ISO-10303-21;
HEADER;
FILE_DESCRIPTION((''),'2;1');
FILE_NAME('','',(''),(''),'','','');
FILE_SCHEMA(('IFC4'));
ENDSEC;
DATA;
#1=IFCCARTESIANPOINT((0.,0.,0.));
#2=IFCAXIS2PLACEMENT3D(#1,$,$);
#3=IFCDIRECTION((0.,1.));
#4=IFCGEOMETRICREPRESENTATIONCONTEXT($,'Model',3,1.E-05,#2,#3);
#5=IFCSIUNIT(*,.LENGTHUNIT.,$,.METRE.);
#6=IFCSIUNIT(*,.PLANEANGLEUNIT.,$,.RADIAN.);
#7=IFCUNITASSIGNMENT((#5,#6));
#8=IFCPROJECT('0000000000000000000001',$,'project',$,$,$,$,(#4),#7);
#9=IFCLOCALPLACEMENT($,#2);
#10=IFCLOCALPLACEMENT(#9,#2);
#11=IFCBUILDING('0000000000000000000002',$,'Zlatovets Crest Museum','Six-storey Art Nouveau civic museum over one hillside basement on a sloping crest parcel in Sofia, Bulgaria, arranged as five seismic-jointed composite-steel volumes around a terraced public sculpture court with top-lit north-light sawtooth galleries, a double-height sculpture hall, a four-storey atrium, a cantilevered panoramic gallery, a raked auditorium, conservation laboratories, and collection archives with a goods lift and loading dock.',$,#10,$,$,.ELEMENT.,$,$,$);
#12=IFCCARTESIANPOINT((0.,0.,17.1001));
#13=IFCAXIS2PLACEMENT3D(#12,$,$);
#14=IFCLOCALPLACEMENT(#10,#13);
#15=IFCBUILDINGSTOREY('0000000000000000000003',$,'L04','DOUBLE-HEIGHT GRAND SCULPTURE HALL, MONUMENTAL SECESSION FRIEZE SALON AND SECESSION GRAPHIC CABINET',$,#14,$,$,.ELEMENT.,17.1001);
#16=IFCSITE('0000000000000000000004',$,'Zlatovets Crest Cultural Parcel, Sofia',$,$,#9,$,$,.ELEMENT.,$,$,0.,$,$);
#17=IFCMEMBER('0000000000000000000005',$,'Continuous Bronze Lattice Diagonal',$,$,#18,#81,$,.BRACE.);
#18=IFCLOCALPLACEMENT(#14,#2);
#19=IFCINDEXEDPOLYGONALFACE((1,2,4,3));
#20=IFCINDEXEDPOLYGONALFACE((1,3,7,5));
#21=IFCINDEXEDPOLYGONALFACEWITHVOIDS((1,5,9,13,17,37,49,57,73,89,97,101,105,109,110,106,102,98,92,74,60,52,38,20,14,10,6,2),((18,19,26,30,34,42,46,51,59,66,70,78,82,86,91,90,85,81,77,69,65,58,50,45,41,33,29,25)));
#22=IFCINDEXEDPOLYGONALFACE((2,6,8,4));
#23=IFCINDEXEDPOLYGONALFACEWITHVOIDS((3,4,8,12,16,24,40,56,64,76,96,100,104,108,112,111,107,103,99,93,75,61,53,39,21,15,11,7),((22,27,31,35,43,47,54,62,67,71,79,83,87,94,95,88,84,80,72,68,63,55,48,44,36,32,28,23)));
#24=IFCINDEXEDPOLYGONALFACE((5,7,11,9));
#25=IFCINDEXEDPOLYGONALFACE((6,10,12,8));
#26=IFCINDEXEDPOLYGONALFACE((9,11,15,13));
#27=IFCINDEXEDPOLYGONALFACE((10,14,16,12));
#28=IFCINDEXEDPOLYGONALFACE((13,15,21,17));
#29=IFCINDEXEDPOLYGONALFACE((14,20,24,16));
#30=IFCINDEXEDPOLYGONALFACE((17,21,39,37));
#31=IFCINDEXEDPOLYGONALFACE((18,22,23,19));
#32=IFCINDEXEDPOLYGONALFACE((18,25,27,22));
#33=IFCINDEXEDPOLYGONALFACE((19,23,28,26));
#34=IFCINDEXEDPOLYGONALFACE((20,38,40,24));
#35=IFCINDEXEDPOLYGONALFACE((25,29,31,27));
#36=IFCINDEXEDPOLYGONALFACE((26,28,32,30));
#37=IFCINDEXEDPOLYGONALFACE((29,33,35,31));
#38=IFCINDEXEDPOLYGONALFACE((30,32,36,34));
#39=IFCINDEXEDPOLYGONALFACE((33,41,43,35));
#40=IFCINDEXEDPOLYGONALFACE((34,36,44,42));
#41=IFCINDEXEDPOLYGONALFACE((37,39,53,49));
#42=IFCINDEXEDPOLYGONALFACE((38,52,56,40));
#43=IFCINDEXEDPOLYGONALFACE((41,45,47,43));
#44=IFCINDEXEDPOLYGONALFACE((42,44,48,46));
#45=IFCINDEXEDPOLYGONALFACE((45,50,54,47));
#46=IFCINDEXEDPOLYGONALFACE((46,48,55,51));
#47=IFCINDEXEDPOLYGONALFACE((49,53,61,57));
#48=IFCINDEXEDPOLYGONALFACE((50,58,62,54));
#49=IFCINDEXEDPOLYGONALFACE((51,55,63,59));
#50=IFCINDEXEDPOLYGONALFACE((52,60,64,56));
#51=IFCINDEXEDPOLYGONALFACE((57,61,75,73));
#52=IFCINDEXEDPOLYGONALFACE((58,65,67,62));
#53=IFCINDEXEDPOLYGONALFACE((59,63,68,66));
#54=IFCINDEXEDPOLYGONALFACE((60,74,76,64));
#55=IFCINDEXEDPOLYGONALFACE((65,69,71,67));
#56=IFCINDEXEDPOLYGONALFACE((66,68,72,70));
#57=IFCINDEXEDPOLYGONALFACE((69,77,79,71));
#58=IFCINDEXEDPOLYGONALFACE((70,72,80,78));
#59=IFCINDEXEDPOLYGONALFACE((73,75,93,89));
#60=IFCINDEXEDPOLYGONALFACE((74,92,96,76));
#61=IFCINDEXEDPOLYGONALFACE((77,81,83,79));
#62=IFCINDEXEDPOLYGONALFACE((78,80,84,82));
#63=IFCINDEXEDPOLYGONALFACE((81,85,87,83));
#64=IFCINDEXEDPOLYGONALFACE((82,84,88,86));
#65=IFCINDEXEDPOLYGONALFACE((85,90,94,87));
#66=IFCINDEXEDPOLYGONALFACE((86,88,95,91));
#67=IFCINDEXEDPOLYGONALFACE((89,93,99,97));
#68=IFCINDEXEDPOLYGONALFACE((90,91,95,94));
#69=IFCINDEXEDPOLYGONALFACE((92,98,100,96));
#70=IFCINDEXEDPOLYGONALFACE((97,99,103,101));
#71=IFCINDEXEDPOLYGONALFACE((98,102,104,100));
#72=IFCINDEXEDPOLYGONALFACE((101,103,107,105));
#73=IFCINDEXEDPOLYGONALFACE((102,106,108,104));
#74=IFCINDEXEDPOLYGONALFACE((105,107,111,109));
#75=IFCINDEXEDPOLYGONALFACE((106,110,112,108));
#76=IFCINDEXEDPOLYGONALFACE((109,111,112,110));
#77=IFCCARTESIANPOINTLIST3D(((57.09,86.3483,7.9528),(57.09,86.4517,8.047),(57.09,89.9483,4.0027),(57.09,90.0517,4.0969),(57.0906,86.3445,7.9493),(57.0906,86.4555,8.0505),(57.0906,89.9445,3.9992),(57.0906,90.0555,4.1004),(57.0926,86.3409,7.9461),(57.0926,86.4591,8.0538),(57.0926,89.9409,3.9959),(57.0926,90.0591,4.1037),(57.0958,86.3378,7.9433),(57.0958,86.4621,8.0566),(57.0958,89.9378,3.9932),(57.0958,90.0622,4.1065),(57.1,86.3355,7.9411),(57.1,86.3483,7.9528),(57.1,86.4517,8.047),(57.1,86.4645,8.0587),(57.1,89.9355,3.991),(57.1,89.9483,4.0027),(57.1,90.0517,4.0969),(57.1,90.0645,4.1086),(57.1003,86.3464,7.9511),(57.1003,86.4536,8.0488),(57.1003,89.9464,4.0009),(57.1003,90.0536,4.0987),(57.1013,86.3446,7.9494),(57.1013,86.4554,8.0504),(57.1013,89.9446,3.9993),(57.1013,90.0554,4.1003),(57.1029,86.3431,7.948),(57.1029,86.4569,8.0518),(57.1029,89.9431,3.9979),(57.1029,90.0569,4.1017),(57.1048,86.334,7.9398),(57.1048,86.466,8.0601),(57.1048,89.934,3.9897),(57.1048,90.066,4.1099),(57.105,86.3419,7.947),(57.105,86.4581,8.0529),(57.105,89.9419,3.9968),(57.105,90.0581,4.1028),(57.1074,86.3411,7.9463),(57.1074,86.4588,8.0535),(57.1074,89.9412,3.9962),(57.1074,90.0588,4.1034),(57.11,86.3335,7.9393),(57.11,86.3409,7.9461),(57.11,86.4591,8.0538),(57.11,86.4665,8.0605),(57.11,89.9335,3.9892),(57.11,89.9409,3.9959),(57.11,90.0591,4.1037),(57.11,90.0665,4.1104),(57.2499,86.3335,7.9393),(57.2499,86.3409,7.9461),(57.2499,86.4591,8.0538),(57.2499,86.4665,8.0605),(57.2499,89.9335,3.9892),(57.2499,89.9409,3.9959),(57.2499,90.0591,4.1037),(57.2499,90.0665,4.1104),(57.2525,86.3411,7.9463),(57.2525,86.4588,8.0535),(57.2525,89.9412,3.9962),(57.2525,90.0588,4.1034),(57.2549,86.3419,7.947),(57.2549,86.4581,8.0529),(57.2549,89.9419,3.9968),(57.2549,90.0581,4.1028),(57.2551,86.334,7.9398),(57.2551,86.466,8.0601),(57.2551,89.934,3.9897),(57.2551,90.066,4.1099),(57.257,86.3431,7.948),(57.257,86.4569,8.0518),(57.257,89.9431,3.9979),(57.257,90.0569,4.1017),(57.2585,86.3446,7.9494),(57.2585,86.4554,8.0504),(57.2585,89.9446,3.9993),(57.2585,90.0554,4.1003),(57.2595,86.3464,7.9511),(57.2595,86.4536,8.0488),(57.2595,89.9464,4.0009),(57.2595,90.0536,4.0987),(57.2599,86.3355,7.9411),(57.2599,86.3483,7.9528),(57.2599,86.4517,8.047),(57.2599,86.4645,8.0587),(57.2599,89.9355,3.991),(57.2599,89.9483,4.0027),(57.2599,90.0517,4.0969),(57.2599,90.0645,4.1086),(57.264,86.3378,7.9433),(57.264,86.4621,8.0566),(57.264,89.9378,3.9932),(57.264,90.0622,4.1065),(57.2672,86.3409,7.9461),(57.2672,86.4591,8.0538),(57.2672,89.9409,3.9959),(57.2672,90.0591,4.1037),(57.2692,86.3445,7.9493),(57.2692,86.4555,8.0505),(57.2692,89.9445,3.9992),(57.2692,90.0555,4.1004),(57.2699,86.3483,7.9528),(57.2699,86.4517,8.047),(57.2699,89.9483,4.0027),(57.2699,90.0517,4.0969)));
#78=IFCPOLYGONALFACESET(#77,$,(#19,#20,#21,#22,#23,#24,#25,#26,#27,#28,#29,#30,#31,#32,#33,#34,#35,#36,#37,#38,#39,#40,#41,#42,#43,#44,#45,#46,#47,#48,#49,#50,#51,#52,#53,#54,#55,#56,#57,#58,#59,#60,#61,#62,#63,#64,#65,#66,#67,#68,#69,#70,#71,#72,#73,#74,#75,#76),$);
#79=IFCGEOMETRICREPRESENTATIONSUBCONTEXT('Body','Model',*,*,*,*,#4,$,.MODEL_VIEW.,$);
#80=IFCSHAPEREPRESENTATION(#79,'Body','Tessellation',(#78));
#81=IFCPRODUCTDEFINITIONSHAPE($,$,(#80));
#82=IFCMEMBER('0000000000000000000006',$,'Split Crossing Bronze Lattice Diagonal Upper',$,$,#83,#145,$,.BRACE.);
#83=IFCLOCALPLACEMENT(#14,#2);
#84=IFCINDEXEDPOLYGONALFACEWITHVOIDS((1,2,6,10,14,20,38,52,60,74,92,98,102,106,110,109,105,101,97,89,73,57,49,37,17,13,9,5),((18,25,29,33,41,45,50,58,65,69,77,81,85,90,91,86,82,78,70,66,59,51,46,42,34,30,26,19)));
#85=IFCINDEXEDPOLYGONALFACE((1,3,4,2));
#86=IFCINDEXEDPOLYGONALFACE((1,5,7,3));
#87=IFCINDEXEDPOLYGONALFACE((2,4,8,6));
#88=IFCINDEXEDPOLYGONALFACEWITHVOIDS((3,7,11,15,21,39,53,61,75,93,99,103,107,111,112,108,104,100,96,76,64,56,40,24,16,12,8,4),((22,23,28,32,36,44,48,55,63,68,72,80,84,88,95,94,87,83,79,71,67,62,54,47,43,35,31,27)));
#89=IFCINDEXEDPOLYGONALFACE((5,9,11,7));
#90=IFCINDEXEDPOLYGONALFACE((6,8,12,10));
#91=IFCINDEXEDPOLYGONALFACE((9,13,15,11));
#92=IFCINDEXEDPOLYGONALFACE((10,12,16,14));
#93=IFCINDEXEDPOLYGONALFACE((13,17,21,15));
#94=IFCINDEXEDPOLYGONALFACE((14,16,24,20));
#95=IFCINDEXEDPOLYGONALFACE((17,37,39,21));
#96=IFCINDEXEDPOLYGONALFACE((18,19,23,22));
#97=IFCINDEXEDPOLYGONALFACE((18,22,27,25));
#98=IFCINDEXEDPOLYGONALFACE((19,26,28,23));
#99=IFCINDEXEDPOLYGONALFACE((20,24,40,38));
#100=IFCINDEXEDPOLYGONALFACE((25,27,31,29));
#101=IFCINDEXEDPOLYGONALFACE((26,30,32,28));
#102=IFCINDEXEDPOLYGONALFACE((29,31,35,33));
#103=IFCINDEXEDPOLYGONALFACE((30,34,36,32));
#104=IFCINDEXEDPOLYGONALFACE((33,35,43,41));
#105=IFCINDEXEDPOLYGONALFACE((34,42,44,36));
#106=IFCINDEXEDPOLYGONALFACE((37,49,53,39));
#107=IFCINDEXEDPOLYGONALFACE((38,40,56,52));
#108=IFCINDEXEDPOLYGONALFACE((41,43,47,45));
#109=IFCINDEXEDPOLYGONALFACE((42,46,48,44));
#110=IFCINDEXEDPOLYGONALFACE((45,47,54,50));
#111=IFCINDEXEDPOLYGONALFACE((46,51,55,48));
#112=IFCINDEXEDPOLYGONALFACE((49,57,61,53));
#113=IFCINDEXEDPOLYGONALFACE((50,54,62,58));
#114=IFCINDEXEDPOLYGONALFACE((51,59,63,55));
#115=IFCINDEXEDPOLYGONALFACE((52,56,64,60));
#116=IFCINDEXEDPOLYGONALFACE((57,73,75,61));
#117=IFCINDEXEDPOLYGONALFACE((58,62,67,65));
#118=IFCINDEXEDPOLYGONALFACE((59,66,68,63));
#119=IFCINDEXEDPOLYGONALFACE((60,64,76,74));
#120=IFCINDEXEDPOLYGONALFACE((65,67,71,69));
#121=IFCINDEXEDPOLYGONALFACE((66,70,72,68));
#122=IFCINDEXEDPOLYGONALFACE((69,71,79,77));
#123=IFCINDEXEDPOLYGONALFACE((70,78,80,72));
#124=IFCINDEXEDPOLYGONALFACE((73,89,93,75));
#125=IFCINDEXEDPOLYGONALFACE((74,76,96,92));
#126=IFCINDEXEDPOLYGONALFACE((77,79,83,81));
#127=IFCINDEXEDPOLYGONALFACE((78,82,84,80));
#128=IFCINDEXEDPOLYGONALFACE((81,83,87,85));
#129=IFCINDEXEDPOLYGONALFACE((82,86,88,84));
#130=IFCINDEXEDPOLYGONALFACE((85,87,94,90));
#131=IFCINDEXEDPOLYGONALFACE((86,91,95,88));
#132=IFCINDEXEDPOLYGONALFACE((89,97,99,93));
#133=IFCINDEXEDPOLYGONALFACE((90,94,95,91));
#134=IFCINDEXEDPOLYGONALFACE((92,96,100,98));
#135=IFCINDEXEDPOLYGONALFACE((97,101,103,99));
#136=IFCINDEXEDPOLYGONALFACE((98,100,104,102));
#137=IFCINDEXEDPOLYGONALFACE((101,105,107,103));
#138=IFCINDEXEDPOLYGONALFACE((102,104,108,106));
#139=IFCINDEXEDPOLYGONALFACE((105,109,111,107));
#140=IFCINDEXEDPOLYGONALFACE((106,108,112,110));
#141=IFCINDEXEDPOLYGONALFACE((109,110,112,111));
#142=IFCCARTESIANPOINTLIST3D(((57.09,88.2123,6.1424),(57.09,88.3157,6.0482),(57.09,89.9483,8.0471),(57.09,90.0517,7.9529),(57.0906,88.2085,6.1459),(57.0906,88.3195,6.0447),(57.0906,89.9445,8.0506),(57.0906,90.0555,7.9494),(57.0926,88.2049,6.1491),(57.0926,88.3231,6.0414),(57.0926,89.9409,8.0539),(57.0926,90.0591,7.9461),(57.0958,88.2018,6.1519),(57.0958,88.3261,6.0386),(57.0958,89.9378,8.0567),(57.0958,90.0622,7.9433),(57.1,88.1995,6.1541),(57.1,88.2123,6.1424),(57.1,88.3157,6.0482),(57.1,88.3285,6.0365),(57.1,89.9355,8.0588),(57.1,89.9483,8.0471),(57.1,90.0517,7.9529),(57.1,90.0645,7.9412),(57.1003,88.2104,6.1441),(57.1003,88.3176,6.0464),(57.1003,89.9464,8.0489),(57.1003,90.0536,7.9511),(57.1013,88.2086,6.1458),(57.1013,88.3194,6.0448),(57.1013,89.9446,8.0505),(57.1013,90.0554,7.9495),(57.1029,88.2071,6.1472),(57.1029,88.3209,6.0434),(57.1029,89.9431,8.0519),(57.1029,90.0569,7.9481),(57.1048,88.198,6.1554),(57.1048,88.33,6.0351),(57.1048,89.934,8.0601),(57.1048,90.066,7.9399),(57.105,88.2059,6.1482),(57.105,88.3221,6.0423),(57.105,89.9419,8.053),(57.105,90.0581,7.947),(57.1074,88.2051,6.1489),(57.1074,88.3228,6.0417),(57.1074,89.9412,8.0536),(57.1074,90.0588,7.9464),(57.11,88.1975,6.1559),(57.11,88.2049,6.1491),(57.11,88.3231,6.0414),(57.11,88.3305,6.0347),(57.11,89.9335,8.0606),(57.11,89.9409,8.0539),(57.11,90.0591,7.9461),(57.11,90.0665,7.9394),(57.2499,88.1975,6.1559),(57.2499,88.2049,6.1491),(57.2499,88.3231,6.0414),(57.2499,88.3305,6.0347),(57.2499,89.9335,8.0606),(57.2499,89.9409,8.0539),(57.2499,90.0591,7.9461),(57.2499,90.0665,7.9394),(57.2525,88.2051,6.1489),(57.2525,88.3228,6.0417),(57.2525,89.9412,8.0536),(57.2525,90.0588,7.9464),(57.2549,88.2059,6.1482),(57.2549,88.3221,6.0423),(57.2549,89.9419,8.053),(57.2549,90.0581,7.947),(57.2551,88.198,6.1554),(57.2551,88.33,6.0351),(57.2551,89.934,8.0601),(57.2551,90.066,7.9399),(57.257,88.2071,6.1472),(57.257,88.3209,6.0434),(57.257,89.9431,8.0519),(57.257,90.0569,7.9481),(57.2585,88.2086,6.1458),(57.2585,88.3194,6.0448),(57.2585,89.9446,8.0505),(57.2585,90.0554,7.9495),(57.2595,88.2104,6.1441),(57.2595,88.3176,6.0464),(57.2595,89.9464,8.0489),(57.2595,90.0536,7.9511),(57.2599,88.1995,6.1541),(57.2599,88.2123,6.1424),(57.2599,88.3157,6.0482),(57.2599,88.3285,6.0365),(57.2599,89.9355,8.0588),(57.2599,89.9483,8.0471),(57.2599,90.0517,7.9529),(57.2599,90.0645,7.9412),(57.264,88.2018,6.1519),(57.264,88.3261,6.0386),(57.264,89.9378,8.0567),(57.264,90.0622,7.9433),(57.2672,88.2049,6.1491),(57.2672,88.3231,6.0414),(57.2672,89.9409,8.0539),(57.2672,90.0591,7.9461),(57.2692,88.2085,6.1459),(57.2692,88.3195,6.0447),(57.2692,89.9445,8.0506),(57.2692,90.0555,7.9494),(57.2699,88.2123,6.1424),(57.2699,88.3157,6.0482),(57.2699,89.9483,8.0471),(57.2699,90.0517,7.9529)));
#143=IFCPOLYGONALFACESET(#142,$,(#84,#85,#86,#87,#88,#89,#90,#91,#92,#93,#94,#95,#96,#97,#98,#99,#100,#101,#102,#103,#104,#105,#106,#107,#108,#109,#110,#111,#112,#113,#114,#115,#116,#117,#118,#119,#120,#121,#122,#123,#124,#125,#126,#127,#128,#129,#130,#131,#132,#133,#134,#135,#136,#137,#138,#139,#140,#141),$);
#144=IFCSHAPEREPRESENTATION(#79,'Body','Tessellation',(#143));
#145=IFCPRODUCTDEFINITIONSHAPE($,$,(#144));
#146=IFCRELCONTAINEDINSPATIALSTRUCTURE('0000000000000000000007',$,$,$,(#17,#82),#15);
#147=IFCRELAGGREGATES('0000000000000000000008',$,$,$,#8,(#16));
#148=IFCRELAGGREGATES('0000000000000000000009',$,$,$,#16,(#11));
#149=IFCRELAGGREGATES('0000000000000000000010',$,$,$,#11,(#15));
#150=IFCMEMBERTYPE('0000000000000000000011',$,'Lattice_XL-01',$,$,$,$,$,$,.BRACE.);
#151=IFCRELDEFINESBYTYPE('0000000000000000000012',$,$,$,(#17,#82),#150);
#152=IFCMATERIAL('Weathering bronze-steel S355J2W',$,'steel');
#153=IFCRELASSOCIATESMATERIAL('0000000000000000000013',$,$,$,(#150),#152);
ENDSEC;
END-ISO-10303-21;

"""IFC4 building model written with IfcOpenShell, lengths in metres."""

from ifc_helpers import new_model, si_unit, direction, frame, origin, origin_2d, place, context, subcontext, project, spatial, hollow_rectangle, extrude, material, material_profile, profile_set, type_object, element, save


model = new_model("IFC4")

# Units and contexts
model_context = context("Model", 3, precision=1e-05, world=origin(), true_north=direction((0.0, 1.0)))
body_context = subcontext(model_context, "Body", "Model", "MODEL_VIEW")
ifc_project = project(units=[si_unit("LENGTHUNIT", "METRE"), si_unit("PLANEANGLEUNIT", "RADIAN")], contexts=[model_context])

# Site, building, storey
site_placement = place(None, origin())
site = spatial("IfcSite", under=ifc_project, at=site_placement, Name="Zlatovets Crest Cultural Parcel, Sofia", CompositionType="ELEMENT", RefElevation=0.0)
building_placement = place(site_placement, origin())
building = spatial("IfcBuilding", under=site, at=building_placement, Name="Zlatovets Crest Museum", Description="Six-storey Art Nouveau civic museum over one hillside basement on a sloping crest parcel in Sofia, Bulgaria, arranged as five seismic-jointed composite-steel volumes around a terraced public sculpture court with top-lit north-light sawtooth galleries, a double-height sculpture hall, a four-storey atrium, a cantilevered panoramic gallery, a raked auditorium, conservation laboratories, and collection archives with a goods lift and loading dock.", CompositionType="ELEMENT")
storey_placement = place(building_placement, frame((0.0, 0.0, 17.1001)))
storey = spatial("IfcBuildingStorey", under=building, at=storey_placement, Name="L04", Description="DOUBLE-HEIGHT GRAND SCULPTURE HALL, MONUMENTAL SECESSION FRIEZE SALON AND SECESSION GRAPHIC CABINET", CompositionType="ELEMENT", Elevation=17.1001)

# Members
ifc_material_1 = material(Name="Weathering bronze-steel S355J2W", Category="steel")
ifc_material_profile_1 = material_profile(ifc_material_1, hollow_rectangle(XDim=0.1799, YDim=0.1799, WallThickness=0.01, InnerFilletRadius=0.01, OuterFilletRadius=0.02, at=origin_2d()), Name="SHS 180x180x10.0")
ifc_profile_set_1 = profile_set([ifc_material_profile_1], Name="Weathering bronze-steel S355J2W")
member_type_1 = type_object("IfcMemberType", Name="Lattice_XL-01", PredefinedType="BRACE", material=ifc_profile_set_1)
member_1_placement = place(storey_placement, frame((57.1799, 90.0, 4.0498), z_axis=(0.0, -0.673595, 0.7391), x_axis=(1.0, 0.0, 0.0)))
element("IfcMember", 1, at=member_1_placement, inside=storey, type_object=member_type_1, Name="Continuous Bronze Lattice Diagonal", PredefinedType="BRACE", context=body_context, shape_type="SweptSolid", body=[
    extrude(hollow_rectangle(XDim=0.1799, YDim=0.1799, WallThickness=0.01, InnerFilletRadius=0.01, OuterFilletRadius=0.02, at=origin_2d()), origin(), (0.0, 0.0, 1.0), 5.3445),
])
member_2_placement = place(storey_placement, frame((57.1799, 90.0, 8.0), z_axis=(0.0, -0.67362, -0.739078), x_axis=(1.0, 0.0, 0.0)))
element("IfcMember", 2, at=member_2_placement, inside=storey, type_object=member_type_1, Name="Split Crossing Bronze Lattice Diagonal Upper", PredefinedType="BRACE", context=body_context, shape_type="SweptSolid", body=[
    extrude(hollow_rectangle(XDim=0.1799, YDim=0.1799, WallThickness=0.01, InnerFilletRadius=0.01, OuterFilletRadius=0.02, at=origin_2d()), origin(), (0.0, 0.0, 1.0), 2.5771),
])

save(model, "model.ifc")
